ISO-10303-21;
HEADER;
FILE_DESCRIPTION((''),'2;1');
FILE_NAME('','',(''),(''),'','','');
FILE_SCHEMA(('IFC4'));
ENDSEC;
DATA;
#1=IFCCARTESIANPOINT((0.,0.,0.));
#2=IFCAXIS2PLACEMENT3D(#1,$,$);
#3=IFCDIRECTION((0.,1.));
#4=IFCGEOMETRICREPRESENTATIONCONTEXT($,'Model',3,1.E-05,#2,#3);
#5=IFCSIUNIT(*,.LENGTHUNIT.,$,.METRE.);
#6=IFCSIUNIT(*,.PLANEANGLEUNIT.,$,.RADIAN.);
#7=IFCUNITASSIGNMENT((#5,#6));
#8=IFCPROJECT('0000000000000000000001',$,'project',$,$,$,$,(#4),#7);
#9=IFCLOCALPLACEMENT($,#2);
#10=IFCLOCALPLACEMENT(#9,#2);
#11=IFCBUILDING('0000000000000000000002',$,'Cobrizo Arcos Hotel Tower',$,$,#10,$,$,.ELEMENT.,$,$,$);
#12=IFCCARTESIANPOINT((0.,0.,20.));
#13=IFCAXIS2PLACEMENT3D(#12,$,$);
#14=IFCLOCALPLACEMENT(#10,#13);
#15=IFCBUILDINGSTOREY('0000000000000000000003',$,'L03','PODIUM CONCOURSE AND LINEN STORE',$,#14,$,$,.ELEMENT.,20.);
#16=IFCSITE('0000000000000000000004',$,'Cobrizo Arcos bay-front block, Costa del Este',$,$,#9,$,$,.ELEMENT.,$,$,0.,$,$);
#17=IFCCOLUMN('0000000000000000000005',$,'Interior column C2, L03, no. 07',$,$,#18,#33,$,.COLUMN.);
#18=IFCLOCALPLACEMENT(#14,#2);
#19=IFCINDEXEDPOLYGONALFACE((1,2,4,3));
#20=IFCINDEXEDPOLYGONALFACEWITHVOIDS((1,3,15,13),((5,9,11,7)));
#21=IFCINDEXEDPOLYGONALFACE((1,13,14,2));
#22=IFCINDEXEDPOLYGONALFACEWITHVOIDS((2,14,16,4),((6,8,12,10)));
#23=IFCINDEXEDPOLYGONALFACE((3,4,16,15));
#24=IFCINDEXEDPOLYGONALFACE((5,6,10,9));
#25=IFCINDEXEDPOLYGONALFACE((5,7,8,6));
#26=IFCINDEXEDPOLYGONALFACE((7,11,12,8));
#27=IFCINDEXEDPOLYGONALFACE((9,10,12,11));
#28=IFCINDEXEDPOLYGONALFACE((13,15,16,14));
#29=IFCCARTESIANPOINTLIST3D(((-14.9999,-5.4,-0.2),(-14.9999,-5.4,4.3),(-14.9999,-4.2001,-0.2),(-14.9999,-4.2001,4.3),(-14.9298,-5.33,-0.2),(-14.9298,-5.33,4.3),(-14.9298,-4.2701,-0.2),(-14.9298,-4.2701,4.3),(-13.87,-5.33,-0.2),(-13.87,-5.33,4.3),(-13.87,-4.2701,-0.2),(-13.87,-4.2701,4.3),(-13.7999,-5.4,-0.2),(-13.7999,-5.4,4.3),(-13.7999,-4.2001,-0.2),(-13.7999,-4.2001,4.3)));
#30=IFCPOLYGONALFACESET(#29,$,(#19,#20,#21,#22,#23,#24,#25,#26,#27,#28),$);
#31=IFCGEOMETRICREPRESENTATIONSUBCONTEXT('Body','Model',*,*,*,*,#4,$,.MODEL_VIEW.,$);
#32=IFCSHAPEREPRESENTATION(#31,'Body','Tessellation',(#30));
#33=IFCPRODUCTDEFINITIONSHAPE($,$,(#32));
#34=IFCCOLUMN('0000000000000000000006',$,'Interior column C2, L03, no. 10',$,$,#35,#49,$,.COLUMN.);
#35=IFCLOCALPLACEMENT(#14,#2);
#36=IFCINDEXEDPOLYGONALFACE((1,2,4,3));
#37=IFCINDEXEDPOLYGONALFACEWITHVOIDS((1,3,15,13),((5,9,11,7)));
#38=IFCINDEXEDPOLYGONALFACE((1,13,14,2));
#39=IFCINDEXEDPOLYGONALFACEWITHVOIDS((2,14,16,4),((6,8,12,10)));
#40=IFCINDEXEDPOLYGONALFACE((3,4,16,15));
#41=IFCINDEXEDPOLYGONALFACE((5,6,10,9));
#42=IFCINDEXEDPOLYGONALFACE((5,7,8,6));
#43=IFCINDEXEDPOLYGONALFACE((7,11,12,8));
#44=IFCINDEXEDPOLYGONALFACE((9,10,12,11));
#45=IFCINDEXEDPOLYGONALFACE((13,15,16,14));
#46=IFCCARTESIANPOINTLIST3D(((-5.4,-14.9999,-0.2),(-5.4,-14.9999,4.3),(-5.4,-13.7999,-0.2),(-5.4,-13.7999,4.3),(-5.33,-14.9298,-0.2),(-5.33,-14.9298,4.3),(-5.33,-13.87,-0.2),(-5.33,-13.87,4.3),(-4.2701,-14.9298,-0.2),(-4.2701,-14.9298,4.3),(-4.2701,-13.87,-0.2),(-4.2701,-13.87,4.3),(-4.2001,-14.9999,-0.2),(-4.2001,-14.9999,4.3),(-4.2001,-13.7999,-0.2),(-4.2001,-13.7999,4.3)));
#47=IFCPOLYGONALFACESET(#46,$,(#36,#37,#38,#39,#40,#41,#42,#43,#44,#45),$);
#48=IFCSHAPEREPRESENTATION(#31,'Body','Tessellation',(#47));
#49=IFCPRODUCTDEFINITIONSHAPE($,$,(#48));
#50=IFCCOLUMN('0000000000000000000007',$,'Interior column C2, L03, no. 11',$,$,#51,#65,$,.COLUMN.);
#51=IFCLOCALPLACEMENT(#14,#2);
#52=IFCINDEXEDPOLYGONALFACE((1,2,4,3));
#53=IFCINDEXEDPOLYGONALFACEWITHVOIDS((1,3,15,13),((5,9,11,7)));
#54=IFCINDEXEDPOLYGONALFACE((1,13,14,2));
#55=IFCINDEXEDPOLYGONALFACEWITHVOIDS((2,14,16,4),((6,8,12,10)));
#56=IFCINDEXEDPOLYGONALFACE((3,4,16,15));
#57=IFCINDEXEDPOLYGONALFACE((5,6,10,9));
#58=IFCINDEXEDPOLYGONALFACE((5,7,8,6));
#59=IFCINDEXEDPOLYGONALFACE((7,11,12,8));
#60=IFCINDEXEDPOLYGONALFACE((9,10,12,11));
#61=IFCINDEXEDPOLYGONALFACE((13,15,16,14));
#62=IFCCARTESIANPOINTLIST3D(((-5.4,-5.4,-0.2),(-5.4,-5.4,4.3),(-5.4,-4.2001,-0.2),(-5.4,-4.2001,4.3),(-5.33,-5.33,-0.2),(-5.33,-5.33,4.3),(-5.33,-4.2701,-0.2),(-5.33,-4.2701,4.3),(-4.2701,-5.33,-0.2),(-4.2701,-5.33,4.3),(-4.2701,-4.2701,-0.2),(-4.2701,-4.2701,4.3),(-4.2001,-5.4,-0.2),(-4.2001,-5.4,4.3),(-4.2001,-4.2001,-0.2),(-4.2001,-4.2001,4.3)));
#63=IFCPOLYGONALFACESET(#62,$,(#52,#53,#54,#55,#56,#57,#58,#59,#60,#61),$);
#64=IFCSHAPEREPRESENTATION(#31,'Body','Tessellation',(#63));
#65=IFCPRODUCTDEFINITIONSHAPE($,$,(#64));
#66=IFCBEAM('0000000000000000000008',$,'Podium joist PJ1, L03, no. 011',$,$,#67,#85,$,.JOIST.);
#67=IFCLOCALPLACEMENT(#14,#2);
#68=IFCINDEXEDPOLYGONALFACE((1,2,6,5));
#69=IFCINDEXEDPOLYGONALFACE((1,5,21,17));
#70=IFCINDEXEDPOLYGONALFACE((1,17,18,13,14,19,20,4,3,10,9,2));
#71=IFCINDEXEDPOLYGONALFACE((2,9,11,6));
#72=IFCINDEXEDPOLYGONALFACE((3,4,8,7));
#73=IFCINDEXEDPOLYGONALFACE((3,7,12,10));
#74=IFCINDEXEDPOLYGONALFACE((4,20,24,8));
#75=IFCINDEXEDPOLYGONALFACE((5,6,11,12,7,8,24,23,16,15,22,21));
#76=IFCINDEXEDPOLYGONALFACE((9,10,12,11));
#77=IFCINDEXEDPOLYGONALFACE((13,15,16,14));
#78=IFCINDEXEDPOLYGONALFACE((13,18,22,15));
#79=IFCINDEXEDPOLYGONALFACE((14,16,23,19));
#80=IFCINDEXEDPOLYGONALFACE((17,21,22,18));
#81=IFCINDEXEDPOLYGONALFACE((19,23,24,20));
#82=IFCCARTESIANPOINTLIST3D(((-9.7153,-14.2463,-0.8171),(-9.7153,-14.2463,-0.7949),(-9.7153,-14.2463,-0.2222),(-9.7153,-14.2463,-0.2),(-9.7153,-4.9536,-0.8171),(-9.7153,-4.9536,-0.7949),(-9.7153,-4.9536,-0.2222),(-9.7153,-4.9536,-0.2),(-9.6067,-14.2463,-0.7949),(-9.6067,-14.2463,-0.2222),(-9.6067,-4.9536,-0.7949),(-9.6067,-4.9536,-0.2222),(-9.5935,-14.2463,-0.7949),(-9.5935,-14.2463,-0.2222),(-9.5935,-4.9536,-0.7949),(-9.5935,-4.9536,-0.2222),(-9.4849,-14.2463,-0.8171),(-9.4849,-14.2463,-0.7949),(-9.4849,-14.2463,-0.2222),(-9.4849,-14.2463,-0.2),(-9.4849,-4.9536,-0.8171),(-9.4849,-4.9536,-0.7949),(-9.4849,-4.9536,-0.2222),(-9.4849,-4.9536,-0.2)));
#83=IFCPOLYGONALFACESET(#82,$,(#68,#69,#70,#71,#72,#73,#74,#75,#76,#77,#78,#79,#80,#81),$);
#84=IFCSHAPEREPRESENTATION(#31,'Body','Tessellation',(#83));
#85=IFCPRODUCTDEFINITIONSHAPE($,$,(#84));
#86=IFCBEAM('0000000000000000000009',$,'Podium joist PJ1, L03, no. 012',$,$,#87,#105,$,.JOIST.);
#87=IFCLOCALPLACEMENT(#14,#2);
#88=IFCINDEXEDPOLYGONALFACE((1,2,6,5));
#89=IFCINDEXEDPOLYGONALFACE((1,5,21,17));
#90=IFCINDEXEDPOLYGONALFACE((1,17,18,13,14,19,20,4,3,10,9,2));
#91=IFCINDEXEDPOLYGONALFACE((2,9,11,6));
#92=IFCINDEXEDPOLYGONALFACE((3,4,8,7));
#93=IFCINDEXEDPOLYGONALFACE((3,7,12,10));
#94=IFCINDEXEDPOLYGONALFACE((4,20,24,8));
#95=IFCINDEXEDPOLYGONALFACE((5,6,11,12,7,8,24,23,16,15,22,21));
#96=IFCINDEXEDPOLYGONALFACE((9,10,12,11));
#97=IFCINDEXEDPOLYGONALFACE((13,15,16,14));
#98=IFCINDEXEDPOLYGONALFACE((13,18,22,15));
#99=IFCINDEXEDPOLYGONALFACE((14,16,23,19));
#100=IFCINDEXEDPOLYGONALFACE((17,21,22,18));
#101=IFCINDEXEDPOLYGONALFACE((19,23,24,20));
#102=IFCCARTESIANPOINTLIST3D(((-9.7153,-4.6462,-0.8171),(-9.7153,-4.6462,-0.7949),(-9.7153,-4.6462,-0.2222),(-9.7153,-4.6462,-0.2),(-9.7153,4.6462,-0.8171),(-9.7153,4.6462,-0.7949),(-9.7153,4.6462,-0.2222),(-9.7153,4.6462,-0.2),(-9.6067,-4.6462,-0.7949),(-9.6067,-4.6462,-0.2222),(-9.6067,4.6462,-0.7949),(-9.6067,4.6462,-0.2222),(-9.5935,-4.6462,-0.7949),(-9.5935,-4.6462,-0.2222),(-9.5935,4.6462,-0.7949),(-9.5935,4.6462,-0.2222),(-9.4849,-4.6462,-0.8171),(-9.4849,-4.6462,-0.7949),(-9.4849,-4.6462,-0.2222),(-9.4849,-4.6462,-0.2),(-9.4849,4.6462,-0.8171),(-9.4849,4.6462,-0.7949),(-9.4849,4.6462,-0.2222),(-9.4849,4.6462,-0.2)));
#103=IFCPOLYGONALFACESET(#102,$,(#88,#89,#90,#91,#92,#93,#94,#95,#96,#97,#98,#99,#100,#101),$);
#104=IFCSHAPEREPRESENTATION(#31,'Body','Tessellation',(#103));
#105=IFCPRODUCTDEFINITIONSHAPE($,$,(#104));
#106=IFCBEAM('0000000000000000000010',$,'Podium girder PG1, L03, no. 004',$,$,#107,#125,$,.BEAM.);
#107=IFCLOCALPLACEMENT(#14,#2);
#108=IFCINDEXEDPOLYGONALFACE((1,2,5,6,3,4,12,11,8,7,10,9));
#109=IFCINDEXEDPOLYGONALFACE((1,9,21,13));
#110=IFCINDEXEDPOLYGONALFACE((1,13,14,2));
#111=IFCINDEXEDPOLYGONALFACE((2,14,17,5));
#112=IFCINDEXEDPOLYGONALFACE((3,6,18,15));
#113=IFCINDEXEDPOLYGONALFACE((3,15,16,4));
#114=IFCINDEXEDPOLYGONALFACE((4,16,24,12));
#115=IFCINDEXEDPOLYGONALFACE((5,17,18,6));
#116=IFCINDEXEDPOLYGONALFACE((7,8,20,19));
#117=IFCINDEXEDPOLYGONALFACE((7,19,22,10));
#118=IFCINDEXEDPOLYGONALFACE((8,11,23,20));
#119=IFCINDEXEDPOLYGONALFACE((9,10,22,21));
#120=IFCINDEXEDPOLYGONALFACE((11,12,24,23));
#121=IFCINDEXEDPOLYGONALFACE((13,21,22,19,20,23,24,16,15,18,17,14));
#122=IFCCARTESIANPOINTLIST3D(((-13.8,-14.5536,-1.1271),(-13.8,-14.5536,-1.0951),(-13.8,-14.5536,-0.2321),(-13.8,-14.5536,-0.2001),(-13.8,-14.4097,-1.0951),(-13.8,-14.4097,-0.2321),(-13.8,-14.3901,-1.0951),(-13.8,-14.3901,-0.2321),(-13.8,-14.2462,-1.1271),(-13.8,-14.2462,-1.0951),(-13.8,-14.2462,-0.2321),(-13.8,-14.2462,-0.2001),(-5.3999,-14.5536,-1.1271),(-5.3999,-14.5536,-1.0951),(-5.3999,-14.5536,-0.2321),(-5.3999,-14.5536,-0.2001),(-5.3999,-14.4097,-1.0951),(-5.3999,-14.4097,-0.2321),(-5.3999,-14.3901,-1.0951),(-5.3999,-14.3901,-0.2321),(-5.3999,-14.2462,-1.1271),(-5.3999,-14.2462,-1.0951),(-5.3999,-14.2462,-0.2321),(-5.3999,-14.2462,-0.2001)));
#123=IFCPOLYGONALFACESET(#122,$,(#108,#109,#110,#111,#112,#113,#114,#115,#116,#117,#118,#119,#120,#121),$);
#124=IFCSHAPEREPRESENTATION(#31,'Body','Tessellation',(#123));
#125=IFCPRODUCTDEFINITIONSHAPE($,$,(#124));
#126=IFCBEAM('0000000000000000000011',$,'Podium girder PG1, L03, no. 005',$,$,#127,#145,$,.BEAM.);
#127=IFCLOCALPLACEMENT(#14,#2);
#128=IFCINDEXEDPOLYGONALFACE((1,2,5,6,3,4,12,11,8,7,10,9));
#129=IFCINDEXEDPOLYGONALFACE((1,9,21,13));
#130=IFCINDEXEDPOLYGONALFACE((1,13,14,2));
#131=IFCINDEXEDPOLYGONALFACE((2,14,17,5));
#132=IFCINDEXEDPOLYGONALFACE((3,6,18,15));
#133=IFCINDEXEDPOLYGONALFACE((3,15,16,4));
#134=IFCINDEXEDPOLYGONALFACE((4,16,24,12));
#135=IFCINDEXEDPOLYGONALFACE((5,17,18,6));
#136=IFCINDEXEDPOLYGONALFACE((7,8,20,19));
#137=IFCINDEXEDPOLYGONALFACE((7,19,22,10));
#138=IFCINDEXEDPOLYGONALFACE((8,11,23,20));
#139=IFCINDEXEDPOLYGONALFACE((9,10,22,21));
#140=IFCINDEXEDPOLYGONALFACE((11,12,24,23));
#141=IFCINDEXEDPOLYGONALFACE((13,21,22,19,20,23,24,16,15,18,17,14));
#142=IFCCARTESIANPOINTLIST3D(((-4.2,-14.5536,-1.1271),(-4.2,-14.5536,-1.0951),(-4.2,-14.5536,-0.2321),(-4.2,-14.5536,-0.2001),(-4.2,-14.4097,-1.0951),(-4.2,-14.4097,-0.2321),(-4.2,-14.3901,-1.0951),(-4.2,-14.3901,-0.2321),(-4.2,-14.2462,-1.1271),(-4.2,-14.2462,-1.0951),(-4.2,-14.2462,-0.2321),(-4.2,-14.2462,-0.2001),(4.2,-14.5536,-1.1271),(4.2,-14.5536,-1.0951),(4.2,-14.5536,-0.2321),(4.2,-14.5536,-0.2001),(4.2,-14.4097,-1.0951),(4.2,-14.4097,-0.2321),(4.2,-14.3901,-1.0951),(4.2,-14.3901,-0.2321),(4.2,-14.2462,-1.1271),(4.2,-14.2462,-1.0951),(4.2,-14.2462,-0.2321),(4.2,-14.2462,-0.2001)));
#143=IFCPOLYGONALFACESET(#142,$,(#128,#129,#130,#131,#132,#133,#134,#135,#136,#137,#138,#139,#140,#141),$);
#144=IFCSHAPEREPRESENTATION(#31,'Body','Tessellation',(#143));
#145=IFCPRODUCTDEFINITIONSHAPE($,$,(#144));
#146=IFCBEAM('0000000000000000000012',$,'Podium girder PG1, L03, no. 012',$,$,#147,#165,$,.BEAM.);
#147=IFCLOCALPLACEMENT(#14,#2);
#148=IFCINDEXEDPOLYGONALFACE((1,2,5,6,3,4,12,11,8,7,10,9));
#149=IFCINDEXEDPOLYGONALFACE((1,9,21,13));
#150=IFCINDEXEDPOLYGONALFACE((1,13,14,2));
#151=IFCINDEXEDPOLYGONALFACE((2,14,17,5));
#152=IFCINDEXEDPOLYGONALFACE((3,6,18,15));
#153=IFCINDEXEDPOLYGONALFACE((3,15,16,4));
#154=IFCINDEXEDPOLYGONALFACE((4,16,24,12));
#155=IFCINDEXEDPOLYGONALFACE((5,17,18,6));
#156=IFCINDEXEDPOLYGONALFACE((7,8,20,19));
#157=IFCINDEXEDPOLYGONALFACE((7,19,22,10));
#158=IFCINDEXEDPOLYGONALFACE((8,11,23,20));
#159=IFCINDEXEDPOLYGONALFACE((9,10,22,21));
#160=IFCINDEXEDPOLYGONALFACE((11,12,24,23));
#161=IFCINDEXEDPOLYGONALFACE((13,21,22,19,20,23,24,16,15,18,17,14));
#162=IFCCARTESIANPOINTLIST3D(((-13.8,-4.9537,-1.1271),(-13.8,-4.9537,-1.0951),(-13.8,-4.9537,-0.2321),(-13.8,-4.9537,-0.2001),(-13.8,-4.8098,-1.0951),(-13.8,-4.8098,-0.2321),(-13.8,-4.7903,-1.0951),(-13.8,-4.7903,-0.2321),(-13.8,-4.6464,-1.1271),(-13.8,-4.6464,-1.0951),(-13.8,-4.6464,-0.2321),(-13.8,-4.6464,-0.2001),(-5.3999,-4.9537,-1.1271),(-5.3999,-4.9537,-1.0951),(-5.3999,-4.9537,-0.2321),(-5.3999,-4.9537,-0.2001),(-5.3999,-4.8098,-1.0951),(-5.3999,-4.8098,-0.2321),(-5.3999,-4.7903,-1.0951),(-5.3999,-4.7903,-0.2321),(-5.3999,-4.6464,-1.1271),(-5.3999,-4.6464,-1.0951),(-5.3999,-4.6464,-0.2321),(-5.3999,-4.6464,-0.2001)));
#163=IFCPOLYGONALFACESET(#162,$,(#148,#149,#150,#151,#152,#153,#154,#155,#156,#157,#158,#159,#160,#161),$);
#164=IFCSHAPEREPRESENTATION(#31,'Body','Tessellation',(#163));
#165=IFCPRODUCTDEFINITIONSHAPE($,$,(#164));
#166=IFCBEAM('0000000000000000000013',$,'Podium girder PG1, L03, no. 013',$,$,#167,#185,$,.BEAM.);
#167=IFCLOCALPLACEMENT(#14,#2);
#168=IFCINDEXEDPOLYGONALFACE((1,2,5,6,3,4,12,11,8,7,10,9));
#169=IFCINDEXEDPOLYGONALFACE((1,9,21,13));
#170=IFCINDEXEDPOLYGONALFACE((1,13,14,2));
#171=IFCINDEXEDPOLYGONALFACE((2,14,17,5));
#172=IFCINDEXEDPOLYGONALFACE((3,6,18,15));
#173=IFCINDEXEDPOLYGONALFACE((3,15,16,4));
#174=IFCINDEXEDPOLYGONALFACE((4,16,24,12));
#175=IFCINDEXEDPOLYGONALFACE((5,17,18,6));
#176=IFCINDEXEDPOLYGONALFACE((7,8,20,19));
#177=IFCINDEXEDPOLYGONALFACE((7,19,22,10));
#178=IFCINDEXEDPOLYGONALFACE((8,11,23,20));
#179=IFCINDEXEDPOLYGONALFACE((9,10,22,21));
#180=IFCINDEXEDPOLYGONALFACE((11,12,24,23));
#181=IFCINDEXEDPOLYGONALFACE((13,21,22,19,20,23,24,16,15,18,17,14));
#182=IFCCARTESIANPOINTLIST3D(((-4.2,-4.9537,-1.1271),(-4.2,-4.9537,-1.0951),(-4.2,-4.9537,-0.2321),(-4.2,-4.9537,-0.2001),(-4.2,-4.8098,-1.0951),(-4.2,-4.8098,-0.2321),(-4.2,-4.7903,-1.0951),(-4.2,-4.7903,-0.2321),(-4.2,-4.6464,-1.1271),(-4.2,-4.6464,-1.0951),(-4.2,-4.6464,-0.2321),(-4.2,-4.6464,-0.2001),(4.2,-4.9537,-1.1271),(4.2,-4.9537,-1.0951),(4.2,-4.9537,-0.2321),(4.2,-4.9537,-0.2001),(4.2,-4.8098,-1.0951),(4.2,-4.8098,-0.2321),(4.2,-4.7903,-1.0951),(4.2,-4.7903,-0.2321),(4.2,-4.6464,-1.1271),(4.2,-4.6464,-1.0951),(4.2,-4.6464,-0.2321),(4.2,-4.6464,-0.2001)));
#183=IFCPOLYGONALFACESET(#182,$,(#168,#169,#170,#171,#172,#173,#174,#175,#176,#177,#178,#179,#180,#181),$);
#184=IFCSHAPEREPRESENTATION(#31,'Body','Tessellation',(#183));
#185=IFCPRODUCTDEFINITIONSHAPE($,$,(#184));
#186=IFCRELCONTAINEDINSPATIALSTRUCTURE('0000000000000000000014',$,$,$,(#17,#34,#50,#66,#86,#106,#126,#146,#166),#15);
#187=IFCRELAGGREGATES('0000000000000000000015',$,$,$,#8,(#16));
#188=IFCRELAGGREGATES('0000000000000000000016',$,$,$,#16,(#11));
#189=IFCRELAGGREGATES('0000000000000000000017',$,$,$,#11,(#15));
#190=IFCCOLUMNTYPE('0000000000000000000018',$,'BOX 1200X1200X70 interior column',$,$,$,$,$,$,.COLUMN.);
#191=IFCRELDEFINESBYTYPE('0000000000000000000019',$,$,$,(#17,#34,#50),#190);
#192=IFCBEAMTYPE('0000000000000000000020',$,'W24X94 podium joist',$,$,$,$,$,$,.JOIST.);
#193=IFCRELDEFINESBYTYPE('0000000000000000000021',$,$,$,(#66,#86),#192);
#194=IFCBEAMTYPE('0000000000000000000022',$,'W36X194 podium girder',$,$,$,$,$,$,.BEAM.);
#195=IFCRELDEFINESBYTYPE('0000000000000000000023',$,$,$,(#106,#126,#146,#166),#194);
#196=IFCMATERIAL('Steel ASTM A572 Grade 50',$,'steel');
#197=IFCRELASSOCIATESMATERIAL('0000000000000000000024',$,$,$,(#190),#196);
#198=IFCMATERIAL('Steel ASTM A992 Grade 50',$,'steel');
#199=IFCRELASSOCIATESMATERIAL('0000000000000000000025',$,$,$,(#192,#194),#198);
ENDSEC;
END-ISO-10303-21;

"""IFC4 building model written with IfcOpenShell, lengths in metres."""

from ifc_helpers import new_model, si_unit, direction, frame, origin, origin_2d, place, context, subcontext, project, spatial, hollow_rectangle, i_section, extrude, material, material_profile, profile_set, type_object, element, save


model = new_model("IFC4")

# Units and contexts
model_context = context("Model", 3, precision=1e-05, world=origin(), true_north=direction((0.0, 1.0)))
body_context = subcontext(model_context, "Body", "Model", "MODEL_VIEW")
ifc_project = project(units=[si_unit("LENGTHUNIT", "METRE"), si_unit("PLANEANGLEUNIT", "RADIAN")], contexts=[model_context])

# Site, building, storey
site_placement = place(None, origin())
site = spatial("IfcSite", under=ifc_project, at=site_placement, Name="Cobrizo Arcos bay-front block, Costa del Este", CompositionType="ELEMENT", RefElevation=0.0)
building_placement = place(site_placement, origin())
building = spatial("IfcBuilding", under=site, at=building_placement, Name="Cobrizo Arcos Hotel Tower", CompositionType="ELEMENT")
storey_placement = place(building_placement, frame((0.0, 0.0, 20.0)))
storey = spatial("IfcBuildingStorey", under=building, at=storey_placement, Name="L03", Description="PODIUM CONCOURSE AND LINEN STORE", CompositionType="ELEMENT", Elevation=20.0)

# Columns
ifc_material_1 = material(Name="Steel ASTM A572 Grade 50", Category="steel")
ifc_material_profile_1 = material_profile(ifc_material_1, hollow_rectangle(XDim=1.2, YDim=1.2, WallThickness=0.0701, at=origin_2d()), Name="BOX 1200X1200X70")
ifc_profile_set_1 = profile_set([ifc_material_profile_1], Name="Steel ASTM A572 Grade 50")
column_type = type_object("IfcColumnType", Name="BOX 1200X1200X70 interior column", PredefinedType="COLUMN", material=ifc_profile_set_1)
for number, where, z_axis, x_axis, name in (
    (1, (-14.3999, -4.8, -0.2), (0.0, 0.0, 1.0), (1.0, 0.0, 0.0), "Interior column C2, L03, no. 07"),
    (2, (-4.8, -14.3999, -0.2), (0.0, 0.0, 1.0), (1.0, 0.0, 0.0), "Interior column C2, L03, no. 10"),
    (3, (-4.8, -4.8, -0.2), (0.0, 0.0, 1.0), (1.0, 0.0, 0.0), "Interior column C2, L03, no. 11"),
):
    element("IfcColumn", number, at=place(storey_placement, frame(where, z_axis=z_axis, x_axis=x_axis)), inside=storey, type_object=column_type, Name=name, PredefinedType="COLUMN", context=body_context, shape_type="SweptSolid", body=[
        extrude(hollow_rectangle(XDim=1.2, YDim=1.2, WallThickness=0.0701, at=origin_2d()), origin(), (0.0, 0.0, 1.0), 4.5),
    ])

# Beams
ifc_material_2 = material(Name="Steel ASTM A992 Grade 50", Category="steel")
ifc_material_profile_2 = material_profile(ifc_material_2, i_section(OverallWidth=0.2305, OverallDepth=0.6172, WebThickness=0.0132, FlangeThickness=0.0222, at=origin_2d()), Name="W24X94")
ifc_profile_set_2 = profile_set([ifc_material_profile_2], Name="Steel ASTM A992 Grade 50")
beam_type_1 = type_object("IfcBeamType", Name="W24X94 podium joist", PredefinedType="JOIST", material=ifc_profile_set_2)
beam_1_placement = place(storey_placement, frame((-9.6001, -14.2463, -0.5085), z_axis=(0.0, 1.0, 0.0), x_axis=(-1.0, 0.0, 0.0)))
element("IfcBeam", 4, at=beam_1_placement, inside=storey, type_object=beam_type_1, Name="Podium joist PJ1, L03, no. 011", PredefinedType="JOIST", context=body_context, shape_type="SweptSolid", body=[
    extrude(i_section(OverallWidth=0.2305, OverallDepth=0.6172, WebThickness=0.0132, FlangeThickness=0.0222, at=origin_2d()), origin(), (0.0, 0.0, 1.0), 9.2927),
])
beam_2_placement = place(storey_placement, frame((-9.6001, -4.6462, -0.5085), z_axis=(0.0, 1.0, 0.0), x_axis=(-1.0, 0.0, 0.0)))
element("IfcBeam", 5, at=beam_2_placement, inside=storey, type_object=beam_type_1, Name="Podium joist PJ1, L03, no. 012", PredefinedType="JOIST", context=body_context, shape_type="SweptSolid", body=[
    extrude(i_section(OverallWidth=0.2305, OverallDepth=0.6172, WebThickness=0.0132, FlangeThickness=0.0222, at=origin_2d()), origin(), (0.0, 0.0, 1.0), 9.2925),
])
ifc_material_profile_3 = material_profile(ifc_material_2, i_section(OverallWidth=0.3074, OverallDepth=0.927, WebThickness=0.0195, FlangeThickness=0.032, at=origin_2d()), Name="W36X194")
ifc_profile_set_3 = profile_set([ifc_material_profile_3], Name="Steel ASTM A992 Grade 50")
beam_type_2 = type_object("IfcBeamType", Name="W36X194 podium girder", PredefinedType="BEAM", material=ifc_profile_set_3)
beam_3_placement = place(storey_placement, frame((-13.8, -14.3999, -0.6636), z_axis=(1.0, 0.0, 0.0), x_axis=(0.0, 1.0, 0.0)))
element("IfcBeam", 6, at=beam_3_placement, inside=storey, type_object=beam_type_2, Name="Podium girder PG1, L03, no. 004", PredefinedType="BEAM", context=body_context, shape_type="SweptSolid", body=[
    extrude(i_section(OverallWidth=0.3074, OverallDepth=0.927, WebThickness=0.0195, FlangeThickness=0.032, at=origin_2d()), origin(), (0.0, 0.0, 1.0), 8.4001),
])
beam_4_placement = place(storey_placement, frame((-4.2, -14.3999, -0.6636), z_axis=(1.0, 0.0, 0.0), x_axis=(0.0, 1.0, 0.0)))
element("IfcBeam", 7, at=beam_4_placement, inside=storey, type_object=beam_type_2, Name="Podium girder PG1, L03, no. 005", PredefinedType="BEAM", context=body_context, shape_type="SweptSolid", body=[
    extrude(i_section(OverallWidth=0.3074, OverallDepth=0.927, WebThickness=0.0195, FlangeThickness=0.032, at=origin_2d()), origin(), (0.0, 0.0, 1.0), 8.3999),
])
beam_5_placement = place(storey_placement, frame((-13.8, -4.8, -0.6636), z_axis=(1.0, 0.0, 0.0), x_axis=(0.0, 1.0, 0.0)))
element("IfcBeam", 8, at=beam_5_placement, inside=storey, type_object=beam_type_2, Name="Podium girder PG1, L03, no. 012", PredefinedType="BEAM", context=body_context, shape_type="SweptSolid", body=[
    extrude(i_section(OverallWidth=0.3074, OverallDepth=0.927, WebThickness=0.0195, FlangeThickness=0.032, at=origin_2d()), origin(), (0.0, 0.0, 1.0), 8.4001),
])
beam_6_placement = place(storey_placement, frame((-4.2, -4.8, -0.6636), z_axis=(1.0, 0.0, 0.0), x_axis=(0.0, 1.0, 0.0)))
element("IfcBeam", 9, at=beam_6_placement, inside=storey, type_object=beam_type_2, Name="Podium girder PG1, L03, no. 013", PredefinedType="BEAM", context=body_context, shape_type="SweptSolid", body=[
    extrude(i_section(OverallWidth=0.3074, OverallDepth=0.927, WebThickness=0.0195, FlangeThickness=0.032, at=origin_2d()), origin(), (0.0, 0.0, 1.0), 8.3999),
])

save(model, "model.ifc")
